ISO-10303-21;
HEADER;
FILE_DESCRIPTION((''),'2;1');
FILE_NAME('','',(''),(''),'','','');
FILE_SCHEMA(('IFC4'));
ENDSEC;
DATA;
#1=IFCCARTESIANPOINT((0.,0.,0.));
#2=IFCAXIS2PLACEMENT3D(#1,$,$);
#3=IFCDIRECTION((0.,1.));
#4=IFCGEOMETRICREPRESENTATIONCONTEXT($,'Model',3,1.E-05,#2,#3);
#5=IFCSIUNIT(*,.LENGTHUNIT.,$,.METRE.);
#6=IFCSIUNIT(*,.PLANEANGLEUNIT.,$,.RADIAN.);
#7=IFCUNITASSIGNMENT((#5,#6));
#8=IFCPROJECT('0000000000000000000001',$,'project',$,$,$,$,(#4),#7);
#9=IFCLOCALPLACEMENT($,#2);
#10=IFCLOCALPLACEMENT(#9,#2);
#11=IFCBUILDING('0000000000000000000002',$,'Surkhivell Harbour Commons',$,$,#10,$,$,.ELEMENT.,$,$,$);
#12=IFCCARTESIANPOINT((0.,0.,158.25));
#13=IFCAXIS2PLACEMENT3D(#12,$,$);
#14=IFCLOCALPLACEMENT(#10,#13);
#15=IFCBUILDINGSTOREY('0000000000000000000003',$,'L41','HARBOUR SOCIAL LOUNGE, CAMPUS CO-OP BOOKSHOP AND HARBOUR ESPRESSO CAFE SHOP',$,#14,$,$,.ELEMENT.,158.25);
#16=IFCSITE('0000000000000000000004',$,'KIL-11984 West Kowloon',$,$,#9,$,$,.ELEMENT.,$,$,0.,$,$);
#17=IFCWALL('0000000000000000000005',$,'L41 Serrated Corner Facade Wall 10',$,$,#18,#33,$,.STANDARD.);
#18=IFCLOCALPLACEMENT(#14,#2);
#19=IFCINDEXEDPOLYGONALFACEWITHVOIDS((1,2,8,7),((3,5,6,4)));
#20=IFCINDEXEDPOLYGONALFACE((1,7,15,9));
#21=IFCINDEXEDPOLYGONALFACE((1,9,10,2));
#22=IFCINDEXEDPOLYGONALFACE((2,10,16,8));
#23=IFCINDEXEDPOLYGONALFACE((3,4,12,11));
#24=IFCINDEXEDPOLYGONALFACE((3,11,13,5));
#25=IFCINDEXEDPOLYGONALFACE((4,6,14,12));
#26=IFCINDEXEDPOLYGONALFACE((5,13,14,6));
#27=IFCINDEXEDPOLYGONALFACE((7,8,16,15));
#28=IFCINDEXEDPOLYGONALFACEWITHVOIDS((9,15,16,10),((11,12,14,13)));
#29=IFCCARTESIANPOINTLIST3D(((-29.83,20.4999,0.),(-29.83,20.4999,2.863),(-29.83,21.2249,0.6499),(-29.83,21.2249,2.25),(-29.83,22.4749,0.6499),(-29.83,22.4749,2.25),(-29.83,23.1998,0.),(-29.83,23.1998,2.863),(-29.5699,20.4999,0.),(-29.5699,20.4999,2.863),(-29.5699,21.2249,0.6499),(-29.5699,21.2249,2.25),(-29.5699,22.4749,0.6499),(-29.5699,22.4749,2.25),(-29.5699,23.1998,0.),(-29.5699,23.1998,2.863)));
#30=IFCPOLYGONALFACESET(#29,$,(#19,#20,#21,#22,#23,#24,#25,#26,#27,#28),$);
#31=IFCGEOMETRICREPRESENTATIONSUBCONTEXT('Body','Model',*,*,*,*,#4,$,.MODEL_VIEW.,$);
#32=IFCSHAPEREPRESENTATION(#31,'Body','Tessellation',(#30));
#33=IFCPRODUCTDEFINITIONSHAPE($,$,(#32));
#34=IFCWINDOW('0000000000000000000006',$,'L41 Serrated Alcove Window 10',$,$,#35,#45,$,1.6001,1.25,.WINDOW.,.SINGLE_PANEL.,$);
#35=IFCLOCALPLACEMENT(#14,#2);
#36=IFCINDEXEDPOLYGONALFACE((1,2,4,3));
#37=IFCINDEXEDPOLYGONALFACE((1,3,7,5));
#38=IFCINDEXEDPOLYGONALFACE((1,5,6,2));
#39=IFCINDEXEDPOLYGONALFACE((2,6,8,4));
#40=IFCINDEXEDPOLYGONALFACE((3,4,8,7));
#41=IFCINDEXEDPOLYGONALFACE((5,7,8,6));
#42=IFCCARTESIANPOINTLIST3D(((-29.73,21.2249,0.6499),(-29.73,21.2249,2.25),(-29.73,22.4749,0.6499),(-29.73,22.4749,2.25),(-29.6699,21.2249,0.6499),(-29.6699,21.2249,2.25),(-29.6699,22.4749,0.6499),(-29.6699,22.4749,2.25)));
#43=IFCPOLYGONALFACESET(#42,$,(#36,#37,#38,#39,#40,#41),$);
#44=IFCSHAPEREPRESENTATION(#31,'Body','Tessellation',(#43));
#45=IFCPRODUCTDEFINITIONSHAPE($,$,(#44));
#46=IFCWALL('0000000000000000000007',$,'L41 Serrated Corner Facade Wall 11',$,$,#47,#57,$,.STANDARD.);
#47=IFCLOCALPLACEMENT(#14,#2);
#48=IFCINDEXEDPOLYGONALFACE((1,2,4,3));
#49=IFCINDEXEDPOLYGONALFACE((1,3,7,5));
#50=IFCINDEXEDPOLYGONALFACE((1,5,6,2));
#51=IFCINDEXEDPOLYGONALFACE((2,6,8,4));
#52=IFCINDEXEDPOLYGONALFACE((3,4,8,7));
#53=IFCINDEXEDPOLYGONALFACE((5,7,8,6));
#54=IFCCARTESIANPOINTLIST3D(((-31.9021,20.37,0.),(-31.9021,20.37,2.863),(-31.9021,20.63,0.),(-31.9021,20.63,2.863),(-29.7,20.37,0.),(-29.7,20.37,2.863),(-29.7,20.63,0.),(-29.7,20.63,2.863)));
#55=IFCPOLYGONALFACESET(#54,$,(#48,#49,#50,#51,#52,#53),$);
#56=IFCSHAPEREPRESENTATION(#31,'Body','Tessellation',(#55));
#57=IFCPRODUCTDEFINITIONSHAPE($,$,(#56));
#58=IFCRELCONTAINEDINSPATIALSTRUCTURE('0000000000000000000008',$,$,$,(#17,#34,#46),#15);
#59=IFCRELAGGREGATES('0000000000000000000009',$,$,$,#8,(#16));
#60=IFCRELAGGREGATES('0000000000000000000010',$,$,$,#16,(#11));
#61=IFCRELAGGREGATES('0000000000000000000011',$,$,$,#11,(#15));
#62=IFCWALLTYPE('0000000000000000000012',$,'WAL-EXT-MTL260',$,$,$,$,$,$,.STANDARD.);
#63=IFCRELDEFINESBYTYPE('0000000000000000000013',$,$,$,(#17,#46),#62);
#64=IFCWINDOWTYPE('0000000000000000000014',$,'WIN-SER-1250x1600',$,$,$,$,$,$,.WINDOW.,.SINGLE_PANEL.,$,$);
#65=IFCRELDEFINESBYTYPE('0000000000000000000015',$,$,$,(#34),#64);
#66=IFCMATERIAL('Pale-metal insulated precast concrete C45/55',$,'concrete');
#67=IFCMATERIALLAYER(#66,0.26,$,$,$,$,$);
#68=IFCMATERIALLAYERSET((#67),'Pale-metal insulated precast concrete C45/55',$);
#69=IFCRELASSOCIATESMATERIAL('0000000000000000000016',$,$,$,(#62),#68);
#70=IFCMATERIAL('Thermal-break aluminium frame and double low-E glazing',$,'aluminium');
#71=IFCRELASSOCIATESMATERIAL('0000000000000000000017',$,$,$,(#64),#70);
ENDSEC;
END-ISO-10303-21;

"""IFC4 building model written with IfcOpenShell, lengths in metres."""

from ifc_helpers import new_model, si_unit, direction, frame, frame_2d, origin, place, context, subcontext, project, spatial, rectangle, extrude, material, layer, layer_set, type_object, element, fill, save


model = new_model("IFC4")

# Units and contexts
model_context = context("Model", 3, precision=1e-05, world=origin(), true_north=direction((0.0, 1.0)))
body_context = subcontext(model_context, "Body", "Model", "MODEL_VIEW")
ifc_project = project(units=[si_unit("LENGTHUNIT", "METRE"), si_unit("PLANEANGLEUNIT", "RADIAN")], contexts=[model_context])

# Site, building, storey
site_placement = place(None, origin())
site = spatial("IfcSite", under=ifc_project, at=site_placement, Name="KIL-11984 West Kowloon", CompositionType="ELEMENT", RefElevation=0.0)
building_placement = place(site_placement, origin())
building = spatial("IfcBuilding", under=site, at=building_placement, Name="Surkhivell Harbour Commons", CompositionType="ELEMENT")
storey_placement = place(building_placement, frame((0.0, 0.0, 158.25)))
storey = spatial("IfcBuildingStorey", under=building, at=storey_placement, Name="L41", Description="HARBOUR SOCIAL LOUNGE, CAMPUS CO-OP BOOKSHOP AND HARBOUR ESPRESSO CAFE SHOP", CompositionType="ELEMENT", Elevation=158.25)

# Shared definitions
ifc_material_1 = material(Name="Pale-metal insulated precast concrete C45/55", Category="concrete")
ifc_layer_1 = layer(ifc_material_1, 0.26)
ifc_layer_set_1 = layer_set([ifc_layer_1], Name="Pale-metal insulated precast concrete C45/55")
wall_type = type_object("IfcWallType", Name="WAL-EXT-MTL260", PredefinedType="STANDARD", material=ifc_layer_set_1)

# Wall, opening, window
wall_1_placement = place(storey_placement, frame((-29.7, 23.2, 0.0), z_axis=(0.0, 0.0, 1.0), x_axis=(0.0, -1.0, 0.0)))
wall_1 = element("IfcWall", 1, at=wall_1_placement, inside=storey, type_object=wall_type, Name="L41 Serrated Corner Facade Wall 10", PredefinedType="STANDARD", context=body_context, shape_type="SweptSolid", body=[
    extrude(rectangle(XDim=2.7, YDim=0.26, at=frame_2d((1.3501, 0.0))), origin(), (0.0, 0.0, 1.0), 2.863),
])
opening_placement = place(wall_1_placement, frame((0.7251, 0.0, 0.6499)))
opening = element("IfcOpeningElement", 2, at=opening_placement, cuts=wall_1, PredefinedType="OPENING", context=body_context, shape_type="SweptSolid", body=[
    extrude(rectangle(XDim=1.25, YDim=1.6001, at=frame_2d((0.625, 0.8))), frame((0.0, 0.1399, 0.0), z_axis=(0.0, -1.0, 0.0), x_axis=(1.0, 0.0, 0.0)), (0.0, 0.0, 1.0), 0.28),
])
ifc_material_2 = material(Name="Thermal-break aluminium frame and double low-E glazing", Category="aluminium")
window_type = type_object("IfcWindowType", Name="WIN-SER-1250x1600", PartitioningType="SINGLE_PANEL", PredefinedType="WINDOW", material=ifc_material_2)
window_placement = place(opening_placement, origin())
window = element("IfcWindow", 3, at=window_placement, inside=storey, type_object=window_type, Name="L41 Serrated Alcove Window 10", OverallHeight=1.6001, OverallWidth=1.25, PartitioningType="SINGLE_PANEL", PredefinedType="WINDOW", context=body_context, shape_type="SweptSolid", body=[
    extrude(rectangle(XDim=1.25, YDim=1.6001, at=frame_2d((0.625, 0.8))), frame((0.0, 0.03, 0.0), z_axis=(0.0, -1.0, 0.0), x_axis=(1.0, 0.0, 0.0)), (0.0, 0.0, 1.0), 0.0601),
])
fill(opening, window)

# Wall
wall_2_placement = place(storey_placement, frame((-29.7, 20.5, 0.0), z_axis=(0.0, 0.0, 1.0), x_axis=(-1.0, 0.0, 0.0)))
element("IfcWall", 4, at=wall_2_placement, inside=storey, type_object=wall_type, Name="L41 Serrated Corner Facade Wall 11", PredefinedType="STANDARD", context=body_context, shape_type="SweptSolid", body=[
    extrude(rectangle(XDim=2.2021, YDim=0.26, at=frame_2d((1.1011, 0.0))), origin(), (0.0, 0.0, 1.0), 2.863),
])

save(model, "model.ifc")
